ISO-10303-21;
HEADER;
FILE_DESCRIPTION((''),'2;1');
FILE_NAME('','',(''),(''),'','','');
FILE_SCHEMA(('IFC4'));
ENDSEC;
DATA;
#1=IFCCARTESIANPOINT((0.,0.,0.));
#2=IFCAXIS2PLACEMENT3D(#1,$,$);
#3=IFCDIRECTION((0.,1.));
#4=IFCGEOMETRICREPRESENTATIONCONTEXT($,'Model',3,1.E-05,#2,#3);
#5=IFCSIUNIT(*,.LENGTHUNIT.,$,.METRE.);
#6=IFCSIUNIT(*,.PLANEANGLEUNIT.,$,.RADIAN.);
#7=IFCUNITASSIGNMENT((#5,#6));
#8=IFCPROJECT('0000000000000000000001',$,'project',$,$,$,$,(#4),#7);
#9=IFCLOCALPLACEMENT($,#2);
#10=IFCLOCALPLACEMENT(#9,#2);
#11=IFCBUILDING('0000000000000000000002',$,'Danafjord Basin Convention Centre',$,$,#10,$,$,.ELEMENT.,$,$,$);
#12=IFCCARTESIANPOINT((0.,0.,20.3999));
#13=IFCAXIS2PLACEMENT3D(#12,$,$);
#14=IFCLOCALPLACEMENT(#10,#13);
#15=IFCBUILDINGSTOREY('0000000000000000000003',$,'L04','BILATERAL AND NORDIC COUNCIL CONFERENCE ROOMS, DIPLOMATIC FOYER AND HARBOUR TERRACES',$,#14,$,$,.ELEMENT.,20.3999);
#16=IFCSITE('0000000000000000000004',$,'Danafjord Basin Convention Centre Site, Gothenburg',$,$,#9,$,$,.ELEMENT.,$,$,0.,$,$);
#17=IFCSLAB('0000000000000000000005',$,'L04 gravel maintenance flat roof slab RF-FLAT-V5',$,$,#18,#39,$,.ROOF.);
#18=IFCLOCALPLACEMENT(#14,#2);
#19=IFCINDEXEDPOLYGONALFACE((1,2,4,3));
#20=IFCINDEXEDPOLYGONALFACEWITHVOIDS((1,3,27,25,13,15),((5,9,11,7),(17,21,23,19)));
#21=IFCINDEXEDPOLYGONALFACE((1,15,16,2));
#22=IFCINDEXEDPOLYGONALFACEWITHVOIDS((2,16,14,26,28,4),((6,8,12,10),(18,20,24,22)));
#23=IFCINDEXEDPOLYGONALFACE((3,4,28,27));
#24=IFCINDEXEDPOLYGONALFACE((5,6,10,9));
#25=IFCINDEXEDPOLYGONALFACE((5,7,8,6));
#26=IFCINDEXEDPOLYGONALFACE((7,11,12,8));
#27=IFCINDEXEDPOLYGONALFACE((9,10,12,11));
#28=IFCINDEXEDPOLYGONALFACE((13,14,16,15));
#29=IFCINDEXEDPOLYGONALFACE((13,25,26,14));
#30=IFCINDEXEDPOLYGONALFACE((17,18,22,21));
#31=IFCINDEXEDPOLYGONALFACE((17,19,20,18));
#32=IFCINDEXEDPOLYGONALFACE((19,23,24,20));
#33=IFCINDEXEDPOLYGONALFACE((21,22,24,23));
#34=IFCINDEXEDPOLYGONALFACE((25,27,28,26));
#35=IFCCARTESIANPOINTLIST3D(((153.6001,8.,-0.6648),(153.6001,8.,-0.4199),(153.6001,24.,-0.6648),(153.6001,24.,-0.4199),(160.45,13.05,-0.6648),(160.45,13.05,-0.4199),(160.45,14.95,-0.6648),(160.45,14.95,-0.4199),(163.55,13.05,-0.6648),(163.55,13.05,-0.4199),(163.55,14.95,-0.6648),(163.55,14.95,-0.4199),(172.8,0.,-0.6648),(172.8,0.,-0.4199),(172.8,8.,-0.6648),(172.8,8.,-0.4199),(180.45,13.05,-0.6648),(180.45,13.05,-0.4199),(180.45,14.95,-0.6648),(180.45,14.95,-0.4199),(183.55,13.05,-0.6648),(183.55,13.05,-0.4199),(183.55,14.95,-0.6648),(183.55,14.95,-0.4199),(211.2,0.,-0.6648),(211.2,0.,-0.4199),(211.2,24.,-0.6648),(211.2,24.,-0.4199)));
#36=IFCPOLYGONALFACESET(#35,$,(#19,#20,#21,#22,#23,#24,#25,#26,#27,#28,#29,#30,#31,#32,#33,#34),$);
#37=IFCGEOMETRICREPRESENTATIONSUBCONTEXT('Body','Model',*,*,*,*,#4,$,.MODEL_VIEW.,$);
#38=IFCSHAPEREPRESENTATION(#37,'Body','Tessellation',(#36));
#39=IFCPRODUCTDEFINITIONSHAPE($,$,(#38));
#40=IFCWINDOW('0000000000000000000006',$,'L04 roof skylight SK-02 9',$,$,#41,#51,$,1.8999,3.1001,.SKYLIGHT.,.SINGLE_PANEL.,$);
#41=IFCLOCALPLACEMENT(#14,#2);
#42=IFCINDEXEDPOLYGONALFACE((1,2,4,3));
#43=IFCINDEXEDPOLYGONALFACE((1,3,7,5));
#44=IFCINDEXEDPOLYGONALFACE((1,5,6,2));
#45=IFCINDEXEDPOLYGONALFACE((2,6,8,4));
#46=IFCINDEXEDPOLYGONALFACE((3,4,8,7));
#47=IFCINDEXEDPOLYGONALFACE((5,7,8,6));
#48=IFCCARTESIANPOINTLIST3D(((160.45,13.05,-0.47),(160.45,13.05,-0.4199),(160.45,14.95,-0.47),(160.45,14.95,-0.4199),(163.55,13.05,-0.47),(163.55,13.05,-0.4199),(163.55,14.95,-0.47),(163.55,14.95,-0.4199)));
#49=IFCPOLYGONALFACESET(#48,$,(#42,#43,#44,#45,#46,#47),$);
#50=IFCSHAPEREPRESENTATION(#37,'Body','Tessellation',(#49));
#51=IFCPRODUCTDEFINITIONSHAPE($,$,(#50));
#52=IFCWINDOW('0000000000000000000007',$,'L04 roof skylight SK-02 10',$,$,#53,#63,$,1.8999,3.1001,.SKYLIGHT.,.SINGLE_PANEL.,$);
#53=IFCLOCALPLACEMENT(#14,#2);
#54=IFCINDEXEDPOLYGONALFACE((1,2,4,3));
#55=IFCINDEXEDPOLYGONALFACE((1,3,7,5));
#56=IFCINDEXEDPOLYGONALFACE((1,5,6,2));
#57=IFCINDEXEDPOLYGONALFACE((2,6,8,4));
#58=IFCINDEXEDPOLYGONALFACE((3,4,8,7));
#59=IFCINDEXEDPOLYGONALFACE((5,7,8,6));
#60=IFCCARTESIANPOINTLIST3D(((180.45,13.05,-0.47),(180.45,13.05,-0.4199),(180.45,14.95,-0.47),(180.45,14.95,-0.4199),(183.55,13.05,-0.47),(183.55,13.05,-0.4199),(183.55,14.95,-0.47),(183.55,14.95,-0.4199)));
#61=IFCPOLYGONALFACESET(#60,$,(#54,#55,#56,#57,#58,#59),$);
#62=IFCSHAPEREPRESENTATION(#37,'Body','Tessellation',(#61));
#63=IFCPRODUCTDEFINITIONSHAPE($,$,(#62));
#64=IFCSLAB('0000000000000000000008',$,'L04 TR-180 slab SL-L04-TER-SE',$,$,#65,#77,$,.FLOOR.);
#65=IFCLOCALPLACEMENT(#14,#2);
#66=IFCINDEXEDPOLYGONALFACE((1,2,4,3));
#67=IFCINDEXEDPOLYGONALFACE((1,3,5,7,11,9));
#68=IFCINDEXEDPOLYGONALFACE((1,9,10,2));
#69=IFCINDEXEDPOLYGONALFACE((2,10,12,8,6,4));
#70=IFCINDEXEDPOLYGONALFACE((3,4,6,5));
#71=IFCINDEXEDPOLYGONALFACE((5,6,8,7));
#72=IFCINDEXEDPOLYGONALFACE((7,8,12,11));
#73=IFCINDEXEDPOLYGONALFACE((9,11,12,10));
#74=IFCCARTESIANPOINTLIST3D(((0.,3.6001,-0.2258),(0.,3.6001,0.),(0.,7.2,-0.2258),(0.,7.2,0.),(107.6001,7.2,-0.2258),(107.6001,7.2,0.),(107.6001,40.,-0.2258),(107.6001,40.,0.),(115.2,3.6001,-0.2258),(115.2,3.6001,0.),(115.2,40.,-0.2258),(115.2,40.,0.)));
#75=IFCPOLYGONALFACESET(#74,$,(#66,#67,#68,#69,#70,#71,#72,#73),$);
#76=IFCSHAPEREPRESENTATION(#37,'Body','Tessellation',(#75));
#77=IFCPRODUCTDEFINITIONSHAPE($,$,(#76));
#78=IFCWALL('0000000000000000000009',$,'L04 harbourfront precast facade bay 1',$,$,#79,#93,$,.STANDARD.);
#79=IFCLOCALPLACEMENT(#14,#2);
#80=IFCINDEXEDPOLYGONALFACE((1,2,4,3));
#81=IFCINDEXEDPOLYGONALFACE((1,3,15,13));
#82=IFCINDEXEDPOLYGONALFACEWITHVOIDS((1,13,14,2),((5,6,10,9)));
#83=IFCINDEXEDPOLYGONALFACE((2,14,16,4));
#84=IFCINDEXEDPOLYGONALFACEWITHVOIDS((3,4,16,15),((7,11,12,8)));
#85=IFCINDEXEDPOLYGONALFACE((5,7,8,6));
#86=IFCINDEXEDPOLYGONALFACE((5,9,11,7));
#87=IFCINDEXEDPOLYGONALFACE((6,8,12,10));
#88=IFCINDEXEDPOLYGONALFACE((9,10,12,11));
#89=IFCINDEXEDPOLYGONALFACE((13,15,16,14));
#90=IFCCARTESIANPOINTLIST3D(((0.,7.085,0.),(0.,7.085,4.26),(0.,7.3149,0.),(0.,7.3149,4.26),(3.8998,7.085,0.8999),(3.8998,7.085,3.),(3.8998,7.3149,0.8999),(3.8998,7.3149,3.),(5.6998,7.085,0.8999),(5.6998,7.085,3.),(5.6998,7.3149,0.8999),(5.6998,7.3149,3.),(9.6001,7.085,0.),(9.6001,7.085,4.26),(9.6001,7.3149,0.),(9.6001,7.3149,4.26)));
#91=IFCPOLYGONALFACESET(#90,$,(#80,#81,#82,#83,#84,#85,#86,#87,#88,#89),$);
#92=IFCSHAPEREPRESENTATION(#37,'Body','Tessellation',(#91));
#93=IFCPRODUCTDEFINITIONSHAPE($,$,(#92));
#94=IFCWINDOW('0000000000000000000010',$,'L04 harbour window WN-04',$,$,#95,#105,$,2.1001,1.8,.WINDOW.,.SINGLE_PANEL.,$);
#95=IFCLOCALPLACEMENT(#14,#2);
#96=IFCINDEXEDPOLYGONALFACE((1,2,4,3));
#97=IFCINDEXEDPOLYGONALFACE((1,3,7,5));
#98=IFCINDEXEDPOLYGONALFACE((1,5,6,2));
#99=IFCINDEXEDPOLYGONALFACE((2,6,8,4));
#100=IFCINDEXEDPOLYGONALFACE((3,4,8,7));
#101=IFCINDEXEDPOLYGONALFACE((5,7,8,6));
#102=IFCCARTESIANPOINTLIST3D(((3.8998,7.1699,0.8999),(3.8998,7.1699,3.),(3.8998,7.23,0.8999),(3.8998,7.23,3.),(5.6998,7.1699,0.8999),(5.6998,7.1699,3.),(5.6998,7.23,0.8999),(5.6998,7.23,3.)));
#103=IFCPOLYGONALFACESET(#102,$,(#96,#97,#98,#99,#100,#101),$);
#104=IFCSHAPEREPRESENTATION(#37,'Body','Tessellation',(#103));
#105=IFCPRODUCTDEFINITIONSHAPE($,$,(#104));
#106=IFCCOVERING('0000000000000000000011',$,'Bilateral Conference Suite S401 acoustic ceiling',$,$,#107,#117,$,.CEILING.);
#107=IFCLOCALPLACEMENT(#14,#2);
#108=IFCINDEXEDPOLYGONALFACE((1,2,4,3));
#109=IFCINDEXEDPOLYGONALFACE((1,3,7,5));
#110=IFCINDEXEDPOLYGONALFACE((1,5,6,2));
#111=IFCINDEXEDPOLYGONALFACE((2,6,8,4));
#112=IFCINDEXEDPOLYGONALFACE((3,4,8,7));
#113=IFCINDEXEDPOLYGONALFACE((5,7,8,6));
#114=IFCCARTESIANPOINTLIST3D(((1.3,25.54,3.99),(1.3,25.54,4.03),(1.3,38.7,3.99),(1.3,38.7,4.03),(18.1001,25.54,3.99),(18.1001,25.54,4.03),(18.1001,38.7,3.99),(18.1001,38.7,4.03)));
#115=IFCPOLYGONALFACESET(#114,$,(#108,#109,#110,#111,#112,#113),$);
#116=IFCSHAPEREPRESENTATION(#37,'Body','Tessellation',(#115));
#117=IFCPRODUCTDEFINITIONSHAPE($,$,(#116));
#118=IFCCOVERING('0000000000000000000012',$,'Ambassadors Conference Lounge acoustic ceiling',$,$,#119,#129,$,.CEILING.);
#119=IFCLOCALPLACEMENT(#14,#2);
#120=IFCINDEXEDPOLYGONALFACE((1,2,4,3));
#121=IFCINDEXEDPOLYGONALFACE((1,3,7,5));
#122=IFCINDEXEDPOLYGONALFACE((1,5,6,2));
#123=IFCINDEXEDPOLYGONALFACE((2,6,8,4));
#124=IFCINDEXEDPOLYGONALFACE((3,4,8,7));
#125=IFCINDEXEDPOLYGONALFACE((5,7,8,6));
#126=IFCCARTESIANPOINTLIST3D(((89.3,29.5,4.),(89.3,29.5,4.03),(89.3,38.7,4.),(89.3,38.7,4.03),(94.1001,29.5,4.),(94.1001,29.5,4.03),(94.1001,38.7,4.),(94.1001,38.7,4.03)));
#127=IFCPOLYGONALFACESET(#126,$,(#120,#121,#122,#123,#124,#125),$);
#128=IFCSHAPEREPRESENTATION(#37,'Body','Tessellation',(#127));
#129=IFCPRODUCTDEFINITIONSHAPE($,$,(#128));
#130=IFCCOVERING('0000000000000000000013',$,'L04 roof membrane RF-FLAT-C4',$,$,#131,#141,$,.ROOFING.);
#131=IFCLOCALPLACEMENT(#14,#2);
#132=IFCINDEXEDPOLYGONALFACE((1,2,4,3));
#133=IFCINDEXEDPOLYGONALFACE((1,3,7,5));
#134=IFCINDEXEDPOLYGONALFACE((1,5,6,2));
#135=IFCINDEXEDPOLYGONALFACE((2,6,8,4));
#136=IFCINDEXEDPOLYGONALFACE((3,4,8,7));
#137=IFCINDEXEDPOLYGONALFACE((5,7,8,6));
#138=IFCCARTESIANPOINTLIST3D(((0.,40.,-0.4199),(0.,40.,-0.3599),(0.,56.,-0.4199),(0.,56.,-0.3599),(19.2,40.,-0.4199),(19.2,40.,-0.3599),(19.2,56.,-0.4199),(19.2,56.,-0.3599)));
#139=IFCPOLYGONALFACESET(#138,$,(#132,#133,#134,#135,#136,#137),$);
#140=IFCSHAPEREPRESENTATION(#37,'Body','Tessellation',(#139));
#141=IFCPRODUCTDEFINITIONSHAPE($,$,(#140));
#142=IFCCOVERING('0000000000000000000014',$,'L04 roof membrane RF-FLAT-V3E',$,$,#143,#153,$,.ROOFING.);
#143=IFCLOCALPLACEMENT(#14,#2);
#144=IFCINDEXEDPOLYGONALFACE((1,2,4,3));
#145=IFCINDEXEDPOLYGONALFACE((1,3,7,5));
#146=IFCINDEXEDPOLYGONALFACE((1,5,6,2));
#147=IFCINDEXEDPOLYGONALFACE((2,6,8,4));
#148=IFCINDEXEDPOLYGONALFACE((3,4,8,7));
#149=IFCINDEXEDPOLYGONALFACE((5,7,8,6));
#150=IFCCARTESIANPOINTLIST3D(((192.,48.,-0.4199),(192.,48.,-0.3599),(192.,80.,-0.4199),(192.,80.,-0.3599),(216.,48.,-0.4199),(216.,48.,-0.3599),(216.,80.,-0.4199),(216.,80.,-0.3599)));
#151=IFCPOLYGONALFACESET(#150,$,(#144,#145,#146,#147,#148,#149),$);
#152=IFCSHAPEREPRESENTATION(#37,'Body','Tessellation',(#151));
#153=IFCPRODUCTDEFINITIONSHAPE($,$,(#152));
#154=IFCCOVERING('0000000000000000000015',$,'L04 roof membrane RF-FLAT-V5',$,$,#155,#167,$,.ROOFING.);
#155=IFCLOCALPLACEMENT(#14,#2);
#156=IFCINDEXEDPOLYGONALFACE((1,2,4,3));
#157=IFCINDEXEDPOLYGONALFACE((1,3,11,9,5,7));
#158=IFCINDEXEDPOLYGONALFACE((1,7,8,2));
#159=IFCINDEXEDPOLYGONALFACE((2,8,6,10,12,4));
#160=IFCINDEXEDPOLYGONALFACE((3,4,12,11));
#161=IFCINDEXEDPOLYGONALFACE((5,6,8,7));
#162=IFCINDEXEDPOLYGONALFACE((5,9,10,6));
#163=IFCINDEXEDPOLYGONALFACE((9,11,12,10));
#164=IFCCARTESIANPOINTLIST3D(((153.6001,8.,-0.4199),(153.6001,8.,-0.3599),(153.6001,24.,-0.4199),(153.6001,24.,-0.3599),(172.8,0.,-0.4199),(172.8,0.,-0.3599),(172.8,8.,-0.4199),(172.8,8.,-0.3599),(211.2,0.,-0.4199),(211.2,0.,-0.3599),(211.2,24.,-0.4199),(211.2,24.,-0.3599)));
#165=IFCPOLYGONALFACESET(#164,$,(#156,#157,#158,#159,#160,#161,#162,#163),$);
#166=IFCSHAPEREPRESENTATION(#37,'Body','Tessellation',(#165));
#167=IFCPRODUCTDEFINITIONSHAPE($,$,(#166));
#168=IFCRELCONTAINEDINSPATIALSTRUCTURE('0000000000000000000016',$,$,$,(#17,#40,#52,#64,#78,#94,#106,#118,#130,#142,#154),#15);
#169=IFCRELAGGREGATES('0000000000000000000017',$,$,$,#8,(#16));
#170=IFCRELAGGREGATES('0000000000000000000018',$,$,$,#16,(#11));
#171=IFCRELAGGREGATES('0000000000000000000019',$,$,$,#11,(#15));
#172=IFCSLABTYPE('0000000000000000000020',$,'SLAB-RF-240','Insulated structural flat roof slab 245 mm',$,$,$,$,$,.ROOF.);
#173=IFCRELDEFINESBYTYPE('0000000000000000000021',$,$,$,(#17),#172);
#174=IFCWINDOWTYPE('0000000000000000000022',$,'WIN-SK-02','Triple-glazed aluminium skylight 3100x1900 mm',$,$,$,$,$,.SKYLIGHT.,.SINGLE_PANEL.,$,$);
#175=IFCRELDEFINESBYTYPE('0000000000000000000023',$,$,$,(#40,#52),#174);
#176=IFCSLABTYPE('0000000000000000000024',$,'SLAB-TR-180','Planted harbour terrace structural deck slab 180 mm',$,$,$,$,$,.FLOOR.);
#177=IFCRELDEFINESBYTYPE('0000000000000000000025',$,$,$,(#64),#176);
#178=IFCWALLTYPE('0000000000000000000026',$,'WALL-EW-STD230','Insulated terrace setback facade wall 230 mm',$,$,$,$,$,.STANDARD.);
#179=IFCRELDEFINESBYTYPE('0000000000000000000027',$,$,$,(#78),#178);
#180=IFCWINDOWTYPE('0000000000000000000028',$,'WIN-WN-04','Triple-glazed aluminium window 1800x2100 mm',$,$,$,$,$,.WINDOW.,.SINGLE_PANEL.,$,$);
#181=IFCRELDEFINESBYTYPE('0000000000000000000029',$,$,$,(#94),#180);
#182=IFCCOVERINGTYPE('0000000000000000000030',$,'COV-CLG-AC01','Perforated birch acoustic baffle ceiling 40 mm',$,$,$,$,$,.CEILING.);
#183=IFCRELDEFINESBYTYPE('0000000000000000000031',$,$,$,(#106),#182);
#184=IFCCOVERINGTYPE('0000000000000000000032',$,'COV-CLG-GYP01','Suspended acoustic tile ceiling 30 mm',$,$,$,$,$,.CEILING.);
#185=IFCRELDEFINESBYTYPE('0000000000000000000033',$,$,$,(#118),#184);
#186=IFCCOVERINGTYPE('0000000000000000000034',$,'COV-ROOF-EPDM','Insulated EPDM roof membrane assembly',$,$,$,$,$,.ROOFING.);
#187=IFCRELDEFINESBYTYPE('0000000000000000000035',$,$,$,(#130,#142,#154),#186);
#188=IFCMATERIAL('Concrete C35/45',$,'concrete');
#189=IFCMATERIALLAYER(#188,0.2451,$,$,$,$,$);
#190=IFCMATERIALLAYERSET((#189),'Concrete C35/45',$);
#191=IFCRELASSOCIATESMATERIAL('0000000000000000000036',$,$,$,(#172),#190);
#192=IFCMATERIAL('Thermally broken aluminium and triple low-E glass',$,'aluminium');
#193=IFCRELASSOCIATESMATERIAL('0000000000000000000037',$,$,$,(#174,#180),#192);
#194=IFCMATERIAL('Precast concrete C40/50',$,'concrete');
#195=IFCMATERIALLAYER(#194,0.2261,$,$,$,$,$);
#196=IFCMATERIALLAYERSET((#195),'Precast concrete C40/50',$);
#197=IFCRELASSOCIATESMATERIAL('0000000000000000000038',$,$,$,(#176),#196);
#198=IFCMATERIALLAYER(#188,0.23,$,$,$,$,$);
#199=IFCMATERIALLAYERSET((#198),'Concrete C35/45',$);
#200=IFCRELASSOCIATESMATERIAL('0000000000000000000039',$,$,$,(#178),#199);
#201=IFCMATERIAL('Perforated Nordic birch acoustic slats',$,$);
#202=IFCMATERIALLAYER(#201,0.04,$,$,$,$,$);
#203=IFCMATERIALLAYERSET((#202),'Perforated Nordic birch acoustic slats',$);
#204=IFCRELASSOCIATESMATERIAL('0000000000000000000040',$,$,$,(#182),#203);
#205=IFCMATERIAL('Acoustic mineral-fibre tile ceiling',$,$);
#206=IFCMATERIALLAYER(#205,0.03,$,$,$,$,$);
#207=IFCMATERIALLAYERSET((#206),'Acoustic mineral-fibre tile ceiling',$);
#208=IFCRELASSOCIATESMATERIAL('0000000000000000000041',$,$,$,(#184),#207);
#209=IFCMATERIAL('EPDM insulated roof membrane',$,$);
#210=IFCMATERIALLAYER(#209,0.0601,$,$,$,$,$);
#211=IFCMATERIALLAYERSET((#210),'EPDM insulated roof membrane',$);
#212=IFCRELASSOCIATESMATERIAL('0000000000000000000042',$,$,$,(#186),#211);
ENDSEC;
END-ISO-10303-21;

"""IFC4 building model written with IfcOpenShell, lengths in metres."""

from ifc_helpers import new_model, si_unit, direction, frame, frame_2d, origin, origin_2d, place, context, subcontext, project, spatial, polyline, rectangle, outline, extrude, material, layer, layer_set, type_object, element, fill, save


model = new_model("IFC4")

# Units and contexts
model_context = context("Model", 3, precision=1e-05, world=origin(), true_north=direction((0.0, 1.0)))
body_context = subcontext(model_context, "Body", "Model", "MODEL_VIEW")
ifc_project = project(units=[si_unit("LENGTHUNIT", "METRE"), si_unit("PLANEANGLEUNIT", "RADIAN")], contexts=[model_context])

# Site, building, storey
site_placement = place(None, origin())
site = spatial("IfcSite", under=ifc_project, at=site_placement, Name="Danafjord Basin Convention Centre Site, Gothenburg", CompositionType="ELEMENT", RefElevation=0.0)
building_placement = place(site_placement, origin())
building = spatial("IfcBuilding", under=site, at=building_placement, Name="Danafjord Basin Convention Centre", CompositionType="ELEMENT")
storey_placement = place(building_placement, frame((0.0, 0.0, 20.3999)))
storey = spatial("IfcBuildingStorey", under=building, at=storey_placement, Name="L04", Description="BILATERAL AND NORDIC COUNCIL CONFERENCE ROOMS, DIPLOMATIC FOYER AND HARBOUR TERRACES", CompositionType="ELEMENT", Elevation=20.3999)

# Shared definitions
ifc_material_1 = material(Name="Concrete C35/45", Category="concrete")

# Shared definitions
ifc_layer_1 = layer(ifc_material_1, 0.2451)
ifc_layer_set_1 = layer_set([ifc_layer_1], Name="Concrete C35/45")
slab_type_1 = type_object("IfcSlabType", Name="SLAB-RF-240", Description="Insulated structural flat roof slab 245 mm", PredefinedType="ROOF", material=ifc_layer_set_1)

# Slab, openings, windows
ifc_material_2 = material(Name="Thermally broken aluminium and triple low-E glass", Category="aluminium")
window_type_1 = type_object("IfcWindowType", Name="WIN-SK-02", Description="Triple-glazed aluminium skylight 3100x1900 mm", PartitioningType="SINGLE_PANEL", PredefinedType="SKYLIGHT", material=ifc_material_2)
slab_1_placement = place(storey_placement, frame((0.0, 0.0, -0.6648)))
slab_1 = element("IfcSlab", 1, at=slab_1_placement, inside=storey, type_object=slab_type_1, Name="L04 gravel maintenance flat roof slab RF-FLAT-V5", PredefinedType="ROOF", context=body_context, shape_type="SweptSolid", body=[
    extrude(outline(polyline([(153.6001, 8.0), (153.6001, 24.0), (211.2, 24.0), (211.2, 0.0), (172.8, 0.0), (172.8, 8.0), (153.6001, 8.0)])), origin(), (0.0, 0.0, 1.0), 0.2449),
])
opening_1_placement = place(slab_1_placement, frame((162.0, 14.0, -0.01)))
opening_1 = element("IfcOpeningElement", 2, at=opening_1_placement, cuts=slab_1, PredefinedType="OPENING", context=body_context, shape_type="SweptSolid", body=[
    extrude(rectangle(XDim=3.1001, YDim=1.8999, at=origin_2d()), origin(), (0.0, 0.0, 1.0), 0.2649),
])
opening_2_placement = place(slab_1_placement, frame((182.0, 14.0, -0.01)))
opening_2 = element("IfcOpeningElement", 3, at=opening_2_placement, cuts=slab_1, PredefinedType="OPENING", context=body_context, shape_type="SweptSolid", body=[
    extrude(rectangle(XDim=3.1001, YDim=1.8999, at=origin_2d()), origin(), (0.0, 0.0, 1.0), 0.2649),
])
window_1_placement = place(slab_1_placement, frame((162.0, 14.0, 0.1948)))
window_1 = element("IfcWindow", 4, at=window_1_placement, inside=storey, type_object=window_type_1, Name="L04 roof skylight SK-02 9", OverallHeight=1.8999, OverallWidth=3.1001, PartitioningType="SINGLE_PANEL", PredefinedType="SKYLIGHT", context=body_context, shape_type="SweptSolid", body=[
    extrude(rectangle(XDim=3.1001, YDim=1.8999, at=origin_2d()), origin(), (0.0, 0.0, 1.0), 0.05),
])
fill(opening_1, window_1)
window_2_placement = place(slab_1_placement, frame((182.0, 14.0, 0.1948)))
window_2 = element("IfcWindow", 5, at=window_2_placement, inside=storey, type_object=window_type_1, Name="L04 roof skylight SK-02 10", OverallHeight=1.8999, OverallWidth=3.1001, PartitioningType="SINGLE_PANEL", PredefinedType="SKYLIGHT", context=body_context, shape_type="SweptSolid", body=[
    extrude(rectangle(XDim=3.1001, YDim=1.8999, at=origin_2d()), origin(), (0.0, 0.0, 1.0), 0.05),
])
fill(opening_2, window_2)

# Slab
ifc_material_3 = material(Name="Precast concrete C40/50", Category="concrete")
ifc_layer_2 = layer(ifc_material_3, 0.2261)
ifc_layer_set_2 = layer_set([ifc_layer_2], Name="Precast concrete C40/50")
slab_type_2 = type_object("IfcSlabType", Name="SLAB-TR-180", Description="Planted harbour terrace structural deck slab 180 mm", PredefinedType="FLOOR", material=ifc_layer_set_2)
slab_2_placement = place(storey_placement, frame((0.0, 0.0, -0.2258)))
element("IfcSlab", 6, at=slab_2_placement, inside=storey, type_object=slab_type_2, Name="L04 TR-180 slab SL-L04-TER-SE", PredefinedType="FLOOR", context=body_context, shape_type="SweptSolid", body=[
    extrude(outline(polyline([(0.0, 3.6001), (0.0, 7.2), (107.6001, 7.2), (107.6001, 40.0), (115.2, 40.0), (115.2, 3.6001), (0.0, 3.6001)])), origin(), (0.0, 0.0, 1.0), 0.2258),
])

# Wall, opening, window
ifc_layer_3 = layer(ifc_material_1, 0.23)
ifc_layer_set_3 = layer_set([ifc_layer_3], Name="Concrete C35/45")
wall_type = type_object("IfcWallType", Name="WALL-EW-STD230", Description="Insulated terrace setback facade wall 230 mm", PredefinedType="STANDARD", material=ifc_layer_set_3)
wall_placement = place(storey_placement, frame((0.0, 7.2, 0.0), z_axis=(0.0, 0.0, 1.0), x_axis=(1.0, 0.0, 0.0)))
wall = element("IfcWall", 7, at=wall_placement, inside=storey, type_object=wall_type, Name="L04 harbourfront precast facade bay 1", PredefinedType="STANDARD", context=body_context, shape_type="SweptSolid", body=[
    extrude(rectangle(XDim=9.6001, YDim=0.23, at=frame_2d((4.8, 0.0))), origin(), (0.0, 0.0, 1.0), 4.26),
])
opening_3_placement = place(wall_placement, frame((3.8999, 0.0, 0.8999)))
opening_3 = element("IfcOpeningElement", 8, at=opening_3_placement, cuts=wall, PredefinedType="OPENING", context=body_context, shape_type="SweptSolid", body=[
    extrude(rectangle(XDim=1.8, YDim=2.1001, at=frame_2d((0.8999, 1.05))), frame((0.0, 0.125, 0.0), z_axis=(0.0, -1.0, 0.0), x_axis=(1.0, 0.0, 0.0)), (0.0, 0.0, 1.0), 0.25),
])
window_type_2 = type_object("IfcWindowType", Name="WIN-WN-04", Description="Triple-glazed aluminium window 1800x2100 mm", PartitioningType="SINGLE_PANEL", PredefinedType="WINDOW", material=ifc_material_2)
window_3_placement = place(opening_3_placement, origin())
window_3 = element("IfcWindow", 9, at=window_3_placement, inside=storey, type_object=window_type_2, Name="L04 harbour window WN-04", OverallHeight=2.1001, OverallWidth=1.8, PartitioningType="SINGLE_PANEL", PredefinedType="WINDOW", context=body_context, shape_type="SweptSolid", body=[
    extrude(rectangle(XDim=1.8, YDim=2.1001, at=frame_2d((0.8999, 1.05))), frame((0.0, 0.03, 0.0), z_axis=(0.0, -1.0, 0.0), x_axis=(1.0, 0.0, 0.0)), (0.0, 0.0, 1.0), 0.0601),
])
fill(opening_3, window_3)

# Coverings
ifc_material_4 = material(Name="Perforated Nordic birch acoustic slats")
ifc_layer_4 = layer(ifc_material_4, 0.04)
ifc_layer_set_4 = layer_set([ifc_layer_4], Name="Perforated Nordic birch acoustic slats")
covering_type_1 = type_object("IfcCoveringType", Name="COV-CLG-AC01", Description="Perforated birch acoustic baffle ceiling 40 mm", PredefinedType="CEILING", material=ifc_layer_set_4)
covering_1_placement = place(storey_placement, frame((0.0, 0.0, 3.99)))
element("IfcCovering", 10, at=covering_1_placement, inside=storey, type_object=covering_type_1, Name="Bilateral Conference Suite S401 acoustic ceiling", PredefinedType="CEILING", context=body_context, shape_type="SweptSolid", body=[
    extrude(outline(polyline([(18.1001, 38.7), (18.1001, 25.54), (1.3, 25.54), (1.3, 38.7), (18.1001, 38.7)])), origin(), (0.0, 0.0, 1.0), 0.04),
])
ifc_material_5 = material(Name="Acoustic mineral-fibre tile ceiling")
ifc_layer_5 = layer(ifc_material_5, 0.03)
ifc_layer_set_5 = layer_set([ifc_layer_5], Name="Acoustic mineral-fibre tile ceiling")
covering_type_2 = type_object("IfcCoveringType", Name="COV-CLG-GYP01", Description="Suspended acoustic tile ceiling 30 mm", PredefinedType="CEILING", material=ifc_layer_set_5)
covering_2_placement = place(storey_placement, frame((0.0, 0.0, 4.0)))
element("IfcCovering", 11, at=covering_2_placement, inside=storey, type_object=covering_type_2, Name="Ambassadors Conference Lounge acoustic ceiling", PredefinedType="CEILING", context=body_context, shape_type="SweptSolid", body=[
    extrude(outline(polyline([(94.1001, 38.7), (94.1001, 29.5), (89.3, 29.5), (89.3, 38.7), (94.1001, 38.7)])), origin(), (0.0, 0.0, 1.0), 0.03),
])
ifc_material_6 = material(Name="EPDM insulated roof membrane")
ifc_layer_6 = layer(ifc_material_6, 0.0601)
ifc_layer_set_6 = layer_set([ifc_layer_6], Name="EPDM insulated roof membrane")
covering_type_3 = type_object("IfcCoveringType", Name="COV-ROOF-EPDM", Description="Insulated EPDM roof membrane assembly", PredefinedType="ROOFING", material=ifc_layer_set_6)
covering_3_placement = place(storey_placement, frame((0.0, 0.0, -0.4199)))
element("IfcCovering", 12, at=covering_3_placement, inside=storey, type_object=covering_type_3, Name="L04 roof membrane RF-FLAT-C4", PredefinedType="ROOFING", context=body_context, shape_type="SweptSolid", body=[
    extrude(outline(polyline([(0.0, 40.0), (0.0, 56.0), (19.2, 56.0), (19.2, 40.0), (0.0, 40.0)])), origin(), (0.0, 0.0, 1.0), 0.0601),
])
covering_4_placement = place(storey_placement, frame((0.0, 0.0, -0.4199)))
element("IfcCovering", 13, at=covering_4_placement, inside=storey, type_object=covering_type_3, Name="L04 roof membrane RF-FLAT-V3E", PredefinedType="ROOFING", context=body_context, shape_type="SweptSolid", body=[
    extrude(outline(polyline([(192.0, 48.0), (192.0, 80.0), (216.0, 80.0), (216.0, 48.0), (192.0, 48.0)])), origin(), (0.0, 0.0, 1.0), 0.0601),
])
covering_5_placement = place(storey_placement, frame((0.0, 0.0, -0.4199)))
element("IfcCovering", 14, at=covering_5_placement, inside=storey, type_object=covering_type_3, Name="L04 roof membrane RF-FLAT-V5", PredefinedType="ROOFING", context=body_context, shape_type="SweptSolid", body=[
    extrude(outline(polyline([(153.6001, 8.0), (153.6001, 24.0), (211.2, 24.0), (211.2, 0.0), (172.8, 0.0), (172.8, 8.0), (153.6001, 8.0)])), origin(), (0.0, 0.0, 1.0), 0.0601),
])

save(model, "model.ifc")
